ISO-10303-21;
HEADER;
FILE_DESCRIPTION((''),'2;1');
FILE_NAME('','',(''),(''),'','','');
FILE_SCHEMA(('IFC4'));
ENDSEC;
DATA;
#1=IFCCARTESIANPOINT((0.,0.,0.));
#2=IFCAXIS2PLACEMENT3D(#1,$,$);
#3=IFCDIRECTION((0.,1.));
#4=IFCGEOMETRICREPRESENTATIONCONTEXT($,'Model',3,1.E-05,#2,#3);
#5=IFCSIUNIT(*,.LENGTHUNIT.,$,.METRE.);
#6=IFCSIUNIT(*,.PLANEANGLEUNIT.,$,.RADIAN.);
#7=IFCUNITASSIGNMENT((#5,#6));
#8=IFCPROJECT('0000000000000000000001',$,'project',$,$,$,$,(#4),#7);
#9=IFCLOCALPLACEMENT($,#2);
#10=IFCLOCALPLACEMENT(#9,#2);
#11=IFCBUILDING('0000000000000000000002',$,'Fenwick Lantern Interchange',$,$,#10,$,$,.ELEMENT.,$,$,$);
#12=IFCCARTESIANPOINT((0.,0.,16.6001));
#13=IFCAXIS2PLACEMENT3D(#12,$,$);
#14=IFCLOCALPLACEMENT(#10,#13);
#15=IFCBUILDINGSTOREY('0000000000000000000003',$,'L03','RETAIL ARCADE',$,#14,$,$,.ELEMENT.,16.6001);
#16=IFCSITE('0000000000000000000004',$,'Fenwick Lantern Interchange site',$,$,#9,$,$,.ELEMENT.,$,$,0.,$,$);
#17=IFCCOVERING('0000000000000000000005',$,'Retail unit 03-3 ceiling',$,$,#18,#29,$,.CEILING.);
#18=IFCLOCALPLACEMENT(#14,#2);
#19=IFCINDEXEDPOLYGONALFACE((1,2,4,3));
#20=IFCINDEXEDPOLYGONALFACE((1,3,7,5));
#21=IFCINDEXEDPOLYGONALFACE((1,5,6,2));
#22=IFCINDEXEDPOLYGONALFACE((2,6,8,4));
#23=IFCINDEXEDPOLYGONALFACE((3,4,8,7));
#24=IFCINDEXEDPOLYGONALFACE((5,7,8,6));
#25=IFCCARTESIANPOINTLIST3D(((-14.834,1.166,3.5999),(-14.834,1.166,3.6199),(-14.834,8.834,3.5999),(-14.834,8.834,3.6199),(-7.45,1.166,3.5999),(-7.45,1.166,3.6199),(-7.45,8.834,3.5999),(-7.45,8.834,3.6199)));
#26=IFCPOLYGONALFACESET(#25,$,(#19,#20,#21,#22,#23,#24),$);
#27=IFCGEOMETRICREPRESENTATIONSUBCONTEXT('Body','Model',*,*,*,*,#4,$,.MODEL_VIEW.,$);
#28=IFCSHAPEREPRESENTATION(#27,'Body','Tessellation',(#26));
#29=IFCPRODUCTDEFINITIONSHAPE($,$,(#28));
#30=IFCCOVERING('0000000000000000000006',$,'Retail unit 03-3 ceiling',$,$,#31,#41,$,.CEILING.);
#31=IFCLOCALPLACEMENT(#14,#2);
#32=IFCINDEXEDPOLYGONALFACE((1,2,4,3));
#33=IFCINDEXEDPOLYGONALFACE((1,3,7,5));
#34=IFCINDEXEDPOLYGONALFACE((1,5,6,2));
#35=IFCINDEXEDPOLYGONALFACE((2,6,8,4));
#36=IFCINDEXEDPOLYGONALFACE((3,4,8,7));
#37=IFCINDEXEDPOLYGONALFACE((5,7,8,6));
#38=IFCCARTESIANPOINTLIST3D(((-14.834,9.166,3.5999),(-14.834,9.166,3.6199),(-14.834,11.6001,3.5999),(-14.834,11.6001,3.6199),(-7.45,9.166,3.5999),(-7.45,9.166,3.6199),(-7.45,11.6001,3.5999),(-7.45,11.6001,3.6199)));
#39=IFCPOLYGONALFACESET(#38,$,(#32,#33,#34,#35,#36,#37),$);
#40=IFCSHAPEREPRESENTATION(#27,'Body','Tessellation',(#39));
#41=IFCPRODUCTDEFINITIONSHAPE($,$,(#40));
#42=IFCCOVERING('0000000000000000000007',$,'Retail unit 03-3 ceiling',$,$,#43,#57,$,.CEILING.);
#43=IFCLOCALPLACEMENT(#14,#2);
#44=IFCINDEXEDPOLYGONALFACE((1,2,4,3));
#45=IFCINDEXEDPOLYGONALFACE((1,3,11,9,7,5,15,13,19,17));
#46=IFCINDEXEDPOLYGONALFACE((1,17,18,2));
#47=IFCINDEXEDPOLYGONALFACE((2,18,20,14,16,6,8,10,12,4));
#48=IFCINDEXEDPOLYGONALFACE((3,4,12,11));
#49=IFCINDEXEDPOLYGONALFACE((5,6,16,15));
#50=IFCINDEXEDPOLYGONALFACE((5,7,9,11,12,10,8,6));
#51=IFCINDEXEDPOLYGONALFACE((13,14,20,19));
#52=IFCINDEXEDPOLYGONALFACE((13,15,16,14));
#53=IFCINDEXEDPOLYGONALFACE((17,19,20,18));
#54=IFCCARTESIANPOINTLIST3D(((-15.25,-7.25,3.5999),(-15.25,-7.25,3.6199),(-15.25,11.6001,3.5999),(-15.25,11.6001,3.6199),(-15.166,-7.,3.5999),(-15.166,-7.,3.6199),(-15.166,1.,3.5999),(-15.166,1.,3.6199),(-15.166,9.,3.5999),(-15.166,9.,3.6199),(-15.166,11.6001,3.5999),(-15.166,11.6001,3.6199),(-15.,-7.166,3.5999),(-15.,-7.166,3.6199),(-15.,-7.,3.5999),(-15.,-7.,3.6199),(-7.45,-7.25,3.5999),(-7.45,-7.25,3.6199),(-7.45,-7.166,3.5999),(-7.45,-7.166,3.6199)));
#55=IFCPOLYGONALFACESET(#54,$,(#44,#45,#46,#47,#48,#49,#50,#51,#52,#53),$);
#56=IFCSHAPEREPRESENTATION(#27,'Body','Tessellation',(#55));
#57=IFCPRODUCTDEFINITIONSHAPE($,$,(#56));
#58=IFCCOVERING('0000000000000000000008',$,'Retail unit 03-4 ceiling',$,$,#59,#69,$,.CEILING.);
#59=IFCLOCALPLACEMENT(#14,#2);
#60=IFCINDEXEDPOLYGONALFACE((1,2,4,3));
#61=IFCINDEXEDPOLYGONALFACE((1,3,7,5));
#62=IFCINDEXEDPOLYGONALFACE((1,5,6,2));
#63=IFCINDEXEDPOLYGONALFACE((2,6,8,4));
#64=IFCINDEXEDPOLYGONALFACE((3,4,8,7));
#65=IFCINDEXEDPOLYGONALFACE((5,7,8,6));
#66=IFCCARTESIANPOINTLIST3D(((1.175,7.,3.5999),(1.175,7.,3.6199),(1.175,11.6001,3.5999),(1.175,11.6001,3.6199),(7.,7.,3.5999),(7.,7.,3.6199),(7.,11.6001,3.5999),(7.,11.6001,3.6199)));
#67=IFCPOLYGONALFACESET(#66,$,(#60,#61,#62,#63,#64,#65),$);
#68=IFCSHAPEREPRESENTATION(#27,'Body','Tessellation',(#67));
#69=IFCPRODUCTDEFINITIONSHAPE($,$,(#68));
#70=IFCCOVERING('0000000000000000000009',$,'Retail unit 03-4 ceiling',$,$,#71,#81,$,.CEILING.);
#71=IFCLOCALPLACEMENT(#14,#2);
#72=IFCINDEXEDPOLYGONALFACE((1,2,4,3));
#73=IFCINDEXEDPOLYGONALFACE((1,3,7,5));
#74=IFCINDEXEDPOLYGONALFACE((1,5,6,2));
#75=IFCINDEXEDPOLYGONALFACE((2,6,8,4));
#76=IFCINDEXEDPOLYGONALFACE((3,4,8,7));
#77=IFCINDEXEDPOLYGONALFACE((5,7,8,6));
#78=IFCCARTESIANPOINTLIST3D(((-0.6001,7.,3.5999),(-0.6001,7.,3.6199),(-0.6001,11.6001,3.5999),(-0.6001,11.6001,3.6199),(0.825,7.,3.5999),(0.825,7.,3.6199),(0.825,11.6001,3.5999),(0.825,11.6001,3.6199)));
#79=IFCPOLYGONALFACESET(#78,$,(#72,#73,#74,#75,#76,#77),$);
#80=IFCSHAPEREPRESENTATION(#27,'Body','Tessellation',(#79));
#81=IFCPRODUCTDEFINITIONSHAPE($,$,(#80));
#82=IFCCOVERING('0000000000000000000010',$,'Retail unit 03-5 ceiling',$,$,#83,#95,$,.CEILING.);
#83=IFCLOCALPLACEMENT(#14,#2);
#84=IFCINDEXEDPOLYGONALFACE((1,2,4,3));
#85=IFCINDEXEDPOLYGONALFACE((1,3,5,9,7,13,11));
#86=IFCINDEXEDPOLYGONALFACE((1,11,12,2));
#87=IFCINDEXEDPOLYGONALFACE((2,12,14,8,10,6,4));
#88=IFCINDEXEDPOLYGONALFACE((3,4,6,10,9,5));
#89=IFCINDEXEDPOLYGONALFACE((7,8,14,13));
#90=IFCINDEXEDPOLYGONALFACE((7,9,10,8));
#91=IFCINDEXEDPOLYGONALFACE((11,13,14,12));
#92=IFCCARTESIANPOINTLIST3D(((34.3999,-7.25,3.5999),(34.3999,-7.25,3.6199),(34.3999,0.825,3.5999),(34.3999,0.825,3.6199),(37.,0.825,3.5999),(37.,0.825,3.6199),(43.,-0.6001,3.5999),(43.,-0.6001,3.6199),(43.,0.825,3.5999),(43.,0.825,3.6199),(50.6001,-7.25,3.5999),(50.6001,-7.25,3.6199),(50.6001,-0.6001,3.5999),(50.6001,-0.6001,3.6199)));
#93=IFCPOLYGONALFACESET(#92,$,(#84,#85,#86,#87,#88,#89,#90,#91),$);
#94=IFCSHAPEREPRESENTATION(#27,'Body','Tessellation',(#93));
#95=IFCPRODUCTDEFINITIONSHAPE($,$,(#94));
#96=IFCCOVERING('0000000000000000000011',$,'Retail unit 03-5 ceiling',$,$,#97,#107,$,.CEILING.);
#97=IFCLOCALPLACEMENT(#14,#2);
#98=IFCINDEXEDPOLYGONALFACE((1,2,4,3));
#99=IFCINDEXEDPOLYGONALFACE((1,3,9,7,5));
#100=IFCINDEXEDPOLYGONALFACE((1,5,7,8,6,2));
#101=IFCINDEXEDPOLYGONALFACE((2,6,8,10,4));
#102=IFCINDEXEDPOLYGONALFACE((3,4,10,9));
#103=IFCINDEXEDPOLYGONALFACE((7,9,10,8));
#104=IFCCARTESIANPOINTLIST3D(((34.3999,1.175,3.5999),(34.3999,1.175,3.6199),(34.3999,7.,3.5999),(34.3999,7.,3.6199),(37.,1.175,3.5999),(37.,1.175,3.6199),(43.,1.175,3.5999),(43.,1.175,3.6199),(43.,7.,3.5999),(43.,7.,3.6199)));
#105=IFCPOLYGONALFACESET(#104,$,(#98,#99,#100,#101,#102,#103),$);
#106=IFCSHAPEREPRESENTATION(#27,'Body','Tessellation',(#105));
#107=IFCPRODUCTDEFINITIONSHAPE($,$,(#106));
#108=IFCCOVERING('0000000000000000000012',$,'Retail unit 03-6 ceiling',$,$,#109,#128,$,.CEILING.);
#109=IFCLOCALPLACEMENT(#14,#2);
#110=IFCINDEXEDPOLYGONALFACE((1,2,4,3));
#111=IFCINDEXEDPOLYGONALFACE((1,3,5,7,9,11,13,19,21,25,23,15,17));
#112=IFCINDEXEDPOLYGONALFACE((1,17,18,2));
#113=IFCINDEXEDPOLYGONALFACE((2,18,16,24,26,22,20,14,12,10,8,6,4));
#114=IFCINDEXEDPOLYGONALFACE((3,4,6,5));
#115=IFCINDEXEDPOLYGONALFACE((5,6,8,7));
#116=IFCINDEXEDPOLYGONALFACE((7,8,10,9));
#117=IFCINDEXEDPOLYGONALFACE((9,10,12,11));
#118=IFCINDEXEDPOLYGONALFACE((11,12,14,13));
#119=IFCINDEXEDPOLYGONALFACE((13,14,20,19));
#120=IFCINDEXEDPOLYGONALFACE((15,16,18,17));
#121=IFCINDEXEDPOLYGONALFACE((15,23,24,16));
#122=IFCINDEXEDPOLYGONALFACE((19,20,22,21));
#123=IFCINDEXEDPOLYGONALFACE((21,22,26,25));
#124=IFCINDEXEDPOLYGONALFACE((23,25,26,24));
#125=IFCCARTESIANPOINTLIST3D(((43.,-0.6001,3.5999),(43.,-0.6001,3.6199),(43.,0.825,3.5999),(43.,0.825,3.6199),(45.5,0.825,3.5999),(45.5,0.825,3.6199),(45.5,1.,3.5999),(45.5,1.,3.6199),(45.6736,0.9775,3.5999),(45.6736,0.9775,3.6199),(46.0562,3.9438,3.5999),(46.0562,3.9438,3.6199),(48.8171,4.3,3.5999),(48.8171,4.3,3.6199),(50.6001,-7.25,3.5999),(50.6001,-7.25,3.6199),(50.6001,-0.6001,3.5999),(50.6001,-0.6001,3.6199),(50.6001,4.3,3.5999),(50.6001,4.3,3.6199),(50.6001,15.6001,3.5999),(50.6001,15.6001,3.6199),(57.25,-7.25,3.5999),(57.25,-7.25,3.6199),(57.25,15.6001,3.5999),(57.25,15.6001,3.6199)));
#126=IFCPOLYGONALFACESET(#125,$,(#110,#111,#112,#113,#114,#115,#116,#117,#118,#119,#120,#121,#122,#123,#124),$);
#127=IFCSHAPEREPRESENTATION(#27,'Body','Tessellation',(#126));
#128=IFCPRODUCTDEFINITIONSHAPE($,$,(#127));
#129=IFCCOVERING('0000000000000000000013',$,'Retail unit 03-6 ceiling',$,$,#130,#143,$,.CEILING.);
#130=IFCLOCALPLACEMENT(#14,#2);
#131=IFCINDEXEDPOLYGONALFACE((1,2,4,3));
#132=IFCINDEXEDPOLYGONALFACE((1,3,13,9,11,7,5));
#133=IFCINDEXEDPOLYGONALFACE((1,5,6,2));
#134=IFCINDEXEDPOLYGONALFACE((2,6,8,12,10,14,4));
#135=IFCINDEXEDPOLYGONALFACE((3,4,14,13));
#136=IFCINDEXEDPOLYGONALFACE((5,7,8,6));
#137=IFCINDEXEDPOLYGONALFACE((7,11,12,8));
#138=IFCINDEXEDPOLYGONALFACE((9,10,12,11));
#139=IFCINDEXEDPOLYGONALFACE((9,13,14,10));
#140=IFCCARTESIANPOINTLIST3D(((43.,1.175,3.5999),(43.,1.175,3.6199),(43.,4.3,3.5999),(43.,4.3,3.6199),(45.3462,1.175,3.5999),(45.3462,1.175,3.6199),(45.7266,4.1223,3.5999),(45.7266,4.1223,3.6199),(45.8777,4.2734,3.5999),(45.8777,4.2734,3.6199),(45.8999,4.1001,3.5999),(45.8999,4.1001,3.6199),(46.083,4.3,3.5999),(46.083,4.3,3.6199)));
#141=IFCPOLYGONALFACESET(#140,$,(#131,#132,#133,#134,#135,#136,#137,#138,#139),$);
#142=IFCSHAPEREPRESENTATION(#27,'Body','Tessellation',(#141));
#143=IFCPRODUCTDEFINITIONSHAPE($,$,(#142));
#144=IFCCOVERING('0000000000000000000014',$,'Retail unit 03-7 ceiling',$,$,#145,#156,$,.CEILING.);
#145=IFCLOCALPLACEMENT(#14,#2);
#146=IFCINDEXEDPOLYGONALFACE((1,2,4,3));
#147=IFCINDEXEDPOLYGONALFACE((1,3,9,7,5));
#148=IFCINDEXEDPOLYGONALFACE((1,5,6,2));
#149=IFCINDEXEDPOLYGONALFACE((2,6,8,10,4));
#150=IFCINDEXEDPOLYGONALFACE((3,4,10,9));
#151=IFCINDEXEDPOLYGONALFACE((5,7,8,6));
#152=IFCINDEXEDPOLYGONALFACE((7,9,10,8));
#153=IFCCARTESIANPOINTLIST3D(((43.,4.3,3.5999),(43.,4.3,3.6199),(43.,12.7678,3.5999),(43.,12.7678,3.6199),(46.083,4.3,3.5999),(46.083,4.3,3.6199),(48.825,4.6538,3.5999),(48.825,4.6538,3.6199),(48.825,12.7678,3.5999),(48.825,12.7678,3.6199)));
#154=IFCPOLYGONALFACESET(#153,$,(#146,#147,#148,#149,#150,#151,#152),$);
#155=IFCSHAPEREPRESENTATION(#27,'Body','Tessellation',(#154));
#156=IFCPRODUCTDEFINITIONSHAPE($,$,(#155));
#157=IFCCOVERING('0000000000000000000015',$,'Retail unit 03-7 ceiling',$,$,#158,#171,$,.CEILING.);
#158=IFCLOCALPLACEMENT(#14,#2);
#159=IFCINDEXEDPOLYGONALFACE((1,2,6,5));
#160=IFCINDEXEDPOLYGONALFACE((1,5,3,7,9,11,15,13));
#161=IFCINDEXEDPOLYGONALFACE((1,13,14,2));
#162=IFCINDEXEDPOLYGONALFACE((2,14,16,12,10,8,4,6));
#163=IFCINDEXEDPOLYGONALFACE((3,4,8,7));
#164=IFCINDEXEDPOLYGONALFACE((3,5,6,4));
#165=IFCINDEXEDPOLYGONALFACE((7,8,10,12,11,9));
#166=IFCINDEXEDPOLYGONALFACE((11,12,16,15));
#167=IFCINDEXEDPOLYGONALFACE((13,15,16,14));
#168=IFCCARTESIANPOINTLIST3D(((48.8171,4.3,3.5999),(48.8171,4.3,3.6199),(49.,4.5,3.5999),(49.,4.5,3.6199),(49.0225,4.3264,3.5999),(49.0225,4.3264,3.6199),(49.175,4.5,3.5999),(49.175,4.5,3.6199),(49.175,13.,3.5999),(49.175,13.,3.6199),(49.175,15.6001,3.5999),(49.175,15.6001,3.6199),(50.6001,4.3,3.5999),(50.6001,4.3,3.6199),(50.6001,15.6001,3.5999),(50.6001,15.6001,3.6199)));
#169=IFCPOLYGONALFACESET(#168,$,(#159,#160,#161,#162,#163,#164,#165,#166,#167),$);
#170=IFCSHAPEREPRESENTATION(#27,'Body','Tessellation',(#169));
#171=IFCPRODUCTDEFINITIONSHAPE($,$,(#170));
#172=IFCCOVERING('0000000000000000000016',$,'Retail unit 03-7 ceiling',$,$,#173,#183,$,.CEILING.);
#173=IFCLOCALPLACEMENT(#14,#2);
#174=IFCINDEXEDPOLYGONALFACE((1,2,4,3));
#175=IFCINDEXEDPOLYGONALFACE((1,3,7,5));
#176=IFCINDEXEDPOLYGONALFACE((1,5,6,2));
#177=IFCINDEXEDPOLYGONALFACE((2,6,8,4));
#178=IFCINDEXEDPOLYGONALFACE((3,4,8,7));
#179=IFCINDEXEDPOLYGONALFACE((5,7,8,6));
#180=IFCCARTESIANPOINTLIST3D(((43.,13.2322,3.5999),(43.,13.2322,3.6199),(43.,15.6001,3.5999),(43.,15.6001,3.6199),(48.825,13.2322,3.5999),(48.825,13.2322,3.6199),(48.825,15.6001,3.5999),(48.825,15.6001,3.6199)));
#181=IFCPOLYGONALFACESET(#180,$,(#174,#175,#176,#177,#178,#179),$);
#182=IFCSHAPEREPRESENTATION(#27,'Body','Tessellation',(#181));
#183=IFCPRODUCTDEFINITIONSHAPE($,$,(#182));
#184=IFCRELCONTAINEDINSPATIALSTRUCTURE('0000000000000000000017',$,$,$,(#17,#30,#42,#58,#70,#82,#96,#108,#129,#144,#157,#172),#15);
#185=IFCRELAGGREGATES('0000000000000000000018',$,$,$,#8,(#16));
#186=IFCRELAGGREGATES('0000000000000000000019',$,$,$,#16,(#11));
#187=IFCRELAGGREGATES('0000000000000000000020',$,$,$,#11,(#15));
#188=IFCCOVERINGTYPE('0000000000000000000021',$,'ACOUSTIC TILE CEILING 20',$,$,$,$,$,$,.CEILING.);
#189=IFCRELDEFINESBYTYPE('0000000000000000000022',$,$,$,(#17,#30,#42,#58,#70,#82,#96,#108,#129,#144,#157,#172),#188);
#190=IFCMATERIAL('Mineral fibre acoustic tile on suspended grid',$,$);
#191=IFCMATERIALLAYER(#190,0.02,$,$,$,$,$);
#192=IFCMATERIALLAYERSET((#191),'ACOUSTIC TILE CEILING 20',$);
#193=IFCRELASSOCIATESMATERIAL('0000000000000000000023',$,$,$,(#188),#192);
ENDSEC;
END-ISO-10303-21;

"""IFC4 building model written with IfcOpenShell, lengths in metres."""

from ifc_helpers import new_model, si_unit, direction, frame, origin, place, context, subcontext, project, spatial, polyline, outline, extrude, material, layer, layer_set, type_object, element, save


model = new_model("IFC4")

# Units and contexts
model_context = context("Model", 3, precision=1e-05, world=origin(), true_north=direction((0.0, 1.0)))
body_context = subcontext(model_context, "Body", "Model", "MODEL_VIEW")
ifc_project = project(units=[si_unit("LENGTHUNIT", "METRE"), si_unit("PLANEANGLEUNIT", "RADIAN")], contexts=[model_context])

# Site, building, storey
site_placement = place(None, origin())
site = spatial("IfcSite", under=ifc_project, at=site_placement, Name="Fenwick Lantern Interchange site", CompositionType="ELEMENT", RefElevation=0.0)
building_placement = place(site_placement, origin())
building = spatial("IfcBuilding", under=site, at=building_placement, Name="Fenwick Lantern Interchange", CompositionType="ELEMENT")
storey_placement = place(building_placement, frame((0.0, 0.0, 16.6001)))
storey = spatial("IfcBuildingStorey", under=building, at=storey_placement, Name="L03", Description="RETAIL ARCADE", CompositionType="ELEMENT", Elevation=16.6001)

# Coverings
ifc_material_1 = material(Name="Mineral fibre acoustic tile on suspended grid")
ifc_layer_1 = layer(ifc_material_1, 0.02)
ifc_layer_set_1 = layer_set([ifc_layer_1], Name="ACOUSTIC TILE CEILING 20")
covering_type = type_object("IfcCoveringType", Name="ACOUSTIC TILE CEILING 20", PredefinedType="CEILING", material=ifc_layer_set_1)
covering_1_placement = place(storey_placement, frame((0.0, 0.0, 3.5999)))
element("IfcCovering", 1, at=covering_1_placement, inside=storey, type_object=covering_type, Name="Retail unit 03-3 ceiling", PredefinedType="CEILING", context=body_context, shape_type="SweptSolid", body=[
    extrude(outline(polyline([(-7.45, 1.166), (-7.45, 8.834), (-14.834, 8.834), (-14.834, 1.166), (-7.45, 1.166)])), origin(), (0.0, 0.0, 1.0), 0.02),
])
covering_2_placement = place(storey_placement, frame((0.0, 0.0, 3.5999)))
element("IfcCovering", 2, at=covering_2_placement, inside=storey, type_object=covering_type, Name="Retail unit 03-3 ceiling", PredefinedType="CEILING", context=body_context, shape_type="SweptSolid", body=[
    extrude(outline(polyline([(-7.45, 9.166), (-7.45, 11.6001), (-14.834, 11.6001), (-14.834, 9.166), (-7.45, 9.166)])), origin(), (0.0, 0.0, 1.0), 0.02),
])
covering_3_placement = place(storey_placement, frame((0.0, 0.0, 3.5999)))
element("IfcCovering", 3, at=covering_3_placement, inside=storey, type_object=covering_type, Name="Retail unit 03-3 ceiling", PredefinedType="CEILING", context=body_context, shape_type="SweptSolid", body=[
    extrude(outline(polyline([(-7.45, -7.25), (-7.45, -7.166), (-15.0, -7.166), (-15.0, -7.0), (-15.166, -7.0), (-15.166, 1.0), (-15.166, 9.0), (-15.166, 11.6001), (-15.25, 11.6001), (-15.25, -7.25), (-7.45, -7.25)])), origin(), (0.0, 0.0, 1.0), 0.02),
])
covering_4_placement = place(storey_placement, frame((0.0, 0.0, 3.5999)))
element("IfcCovering", 4, at=covering_4_placement, inside=storey, type_object=covering_type, Name="Retail unit 03-4 ceiling", PredefinedType="CEILING", context=body_context, shape_type="SweptSolid", body=[
    extrude(outline(polyline([(7.0, 11.6001), (1.175, 11.6001), (1.175, 7.0), (7.0, 7.0), (7.0, 11.6001)])), origin(), (0.0, 0.0, 1.0), 0.02),
])
covering_5_placement = place(storey_placement, frame((0.0, 0.0, 3.5999)))
element("IfcCovering", 5, at=covering_5_placement, inside=storey, type_object=covering_type, Name="Retail unit 03-4 ceiling", PredefinedType="CEILING", context=body_context, shape_type="SweptSolid", body=[
    extrude(outline(polyline([(-0.6001, 11.6001), (-0.6001, 7.0), (0.825, 7.0), (0.825, 11.6001), (-0.6001, 11.6001)])), origin(), (0.0, 0.0, 1.0), 0.02),
])
covering_6_placement = place(storey_placement, frame((0.0, 0.0, 3.5999)))
element("IfcCovering", 6, at=covering_6_placement, inside=storey, type_object=covering_type, Name="Retail unit 03-5 ceiling", PredefinedType="CEILING", context=body_context, shape_type="SweptSolid", body=[
    extrude(outline(polyline([(34.3999, -7.25), (50.6001, -7.25), (50.6001, -0.6001), (43.0, -0.6001), (43.0, 0.825), (37.0, 0.825), (34.3999, 0.825), (34.3999, -7.25)])), origin(), (0.0, 0.0, 1.0), 0.02),
])
covering_7_placement = place(storey_placement, frame((0.0, 0.0, 3.5999)))
element("IfcCovering", 7, at=covering_7_placement, inside=storey, type_object=covering_type, Name="Retail unit 03-5 ceiling", PredefinedType="CEILING", context=body_context, shape_type="SweptSolid", body=[
    extrude(outline(polyline([(34.3999, 7.0), (34.3999, 1.175), (37.0, 1.175), (43.0, 1.175), (43.0, 7.0), (34.3999, 7.0)])), origin(), (0.0, 0.0, 1.0), 0.02),
])
covering_8_placement = place(storey_placement, frame((0.0, 0.0, 3.5999)))
element("IfcCovering", 8, at=covering_8_placement, inside=storey, type_object=covering_type, Name="Retail unit 03-6 ceiling", PredefinedType="CEILING", context=body_context, shape_type="SweptSolid", body=[
    extrude(outline(polyline([(43.0, -0.6001), (50.6001, -0.6001), (50.6001, -7.25), (57.25, -7.25), (57.25, 15.6001), (50.6001, 15.6001), (50.6001, 4.3), (48.8171, 4.3), (46.0562, 3.9438), (45.6736, 0.9775), (45.5, 1.0), (45.5, 0.825), (43.0, 0.825), (43.0, -0.6001)])), origin(), (0.0, 0.0, 1.0), 0.02),
])
covering_9_placement = place(storey_placement, frame((0.0, 0.0, 3.5999)))
element("IfcCovering", 9, at=covering_9_placement, inside=storey, type_object=covering_type, Name="Retail unit 03-6 ceiling", PredefinedType="CEILING", context=body_context, shape_type="SweptSolid", body=[
    extrude(outline(polyline([(43.0, 4.3), (43.0, 1.175), (45.3462, 1.175), (45.7266, 4.1223), (45.8999, 4.1001), (45.8777, 4.2734), (46.083, 4.3), (43.0, 4.3)])), origin(), (0.0, 0.0, 1.0), 0.02),
])
covering_10_placement = place(storey_placement, frame((0.0, 0.0, 3.5999)))
element("IfcCovering", 10, at=covering_10_placement, inside=storey, type_object=covering_type, Name="Retail unit 03-7 ceiling", PredefinedType="CEILING", context=body_context, shape_type="SweptSolid", body=[
    extrude(outline(polyline([(43.0, 12.7678), (43.0, 4.3), (46.083, 4.3), (48.825, 4.6538), (48.825, 12.7678), (43.0, 12.7678)])), origin(), (0.0, 0.0, 1.0), 0.02),
])
covering_11_placement = place(storey_placement, frame((0.0, 0.0, 3.5999)))
element("IfcCovering", 11, at=covering_11_placement, inside=storey, type_object=covering_type, Name="Retail unit 03-7 ceiling", PredefinedType="CEILING", context=body_context, shape_type="SweptSolid", body=[
    extrude(outline(polyline([(50.6001, 15.6001), (49.175, 15.6001), (49.175, 13.0), (49.175, 4.5), (49.0, 4.5), (49.0225, 4.3264), (48.8171, 4.3), (50.6001, 4.3), (50.6001, 15.6001)])), origin(), (0.0, 0.0, 1.0), 0.02),
])
covering_12_placement = place(storey_placement, frame((0.0, 0.0, 3.5999)))
element("IfcCovering", 12, at=covering_12_placement, inside=storey, type_object=covering_type, Name="Retail unit 03-7 ceiling", PredefinedType="CEILING", context=body_context, shape_type="SweptSolid", body=[
    extrude(outline(polyline([(43.0, 15.6001), (43.0, 13.2322), (48.825, 13.2322), (48.825, 15.6001), (43.0, 15.6001)])), origin(), (0.0, 0.0, 1.0), 0.02),
])

save(model, "model.ifc")
